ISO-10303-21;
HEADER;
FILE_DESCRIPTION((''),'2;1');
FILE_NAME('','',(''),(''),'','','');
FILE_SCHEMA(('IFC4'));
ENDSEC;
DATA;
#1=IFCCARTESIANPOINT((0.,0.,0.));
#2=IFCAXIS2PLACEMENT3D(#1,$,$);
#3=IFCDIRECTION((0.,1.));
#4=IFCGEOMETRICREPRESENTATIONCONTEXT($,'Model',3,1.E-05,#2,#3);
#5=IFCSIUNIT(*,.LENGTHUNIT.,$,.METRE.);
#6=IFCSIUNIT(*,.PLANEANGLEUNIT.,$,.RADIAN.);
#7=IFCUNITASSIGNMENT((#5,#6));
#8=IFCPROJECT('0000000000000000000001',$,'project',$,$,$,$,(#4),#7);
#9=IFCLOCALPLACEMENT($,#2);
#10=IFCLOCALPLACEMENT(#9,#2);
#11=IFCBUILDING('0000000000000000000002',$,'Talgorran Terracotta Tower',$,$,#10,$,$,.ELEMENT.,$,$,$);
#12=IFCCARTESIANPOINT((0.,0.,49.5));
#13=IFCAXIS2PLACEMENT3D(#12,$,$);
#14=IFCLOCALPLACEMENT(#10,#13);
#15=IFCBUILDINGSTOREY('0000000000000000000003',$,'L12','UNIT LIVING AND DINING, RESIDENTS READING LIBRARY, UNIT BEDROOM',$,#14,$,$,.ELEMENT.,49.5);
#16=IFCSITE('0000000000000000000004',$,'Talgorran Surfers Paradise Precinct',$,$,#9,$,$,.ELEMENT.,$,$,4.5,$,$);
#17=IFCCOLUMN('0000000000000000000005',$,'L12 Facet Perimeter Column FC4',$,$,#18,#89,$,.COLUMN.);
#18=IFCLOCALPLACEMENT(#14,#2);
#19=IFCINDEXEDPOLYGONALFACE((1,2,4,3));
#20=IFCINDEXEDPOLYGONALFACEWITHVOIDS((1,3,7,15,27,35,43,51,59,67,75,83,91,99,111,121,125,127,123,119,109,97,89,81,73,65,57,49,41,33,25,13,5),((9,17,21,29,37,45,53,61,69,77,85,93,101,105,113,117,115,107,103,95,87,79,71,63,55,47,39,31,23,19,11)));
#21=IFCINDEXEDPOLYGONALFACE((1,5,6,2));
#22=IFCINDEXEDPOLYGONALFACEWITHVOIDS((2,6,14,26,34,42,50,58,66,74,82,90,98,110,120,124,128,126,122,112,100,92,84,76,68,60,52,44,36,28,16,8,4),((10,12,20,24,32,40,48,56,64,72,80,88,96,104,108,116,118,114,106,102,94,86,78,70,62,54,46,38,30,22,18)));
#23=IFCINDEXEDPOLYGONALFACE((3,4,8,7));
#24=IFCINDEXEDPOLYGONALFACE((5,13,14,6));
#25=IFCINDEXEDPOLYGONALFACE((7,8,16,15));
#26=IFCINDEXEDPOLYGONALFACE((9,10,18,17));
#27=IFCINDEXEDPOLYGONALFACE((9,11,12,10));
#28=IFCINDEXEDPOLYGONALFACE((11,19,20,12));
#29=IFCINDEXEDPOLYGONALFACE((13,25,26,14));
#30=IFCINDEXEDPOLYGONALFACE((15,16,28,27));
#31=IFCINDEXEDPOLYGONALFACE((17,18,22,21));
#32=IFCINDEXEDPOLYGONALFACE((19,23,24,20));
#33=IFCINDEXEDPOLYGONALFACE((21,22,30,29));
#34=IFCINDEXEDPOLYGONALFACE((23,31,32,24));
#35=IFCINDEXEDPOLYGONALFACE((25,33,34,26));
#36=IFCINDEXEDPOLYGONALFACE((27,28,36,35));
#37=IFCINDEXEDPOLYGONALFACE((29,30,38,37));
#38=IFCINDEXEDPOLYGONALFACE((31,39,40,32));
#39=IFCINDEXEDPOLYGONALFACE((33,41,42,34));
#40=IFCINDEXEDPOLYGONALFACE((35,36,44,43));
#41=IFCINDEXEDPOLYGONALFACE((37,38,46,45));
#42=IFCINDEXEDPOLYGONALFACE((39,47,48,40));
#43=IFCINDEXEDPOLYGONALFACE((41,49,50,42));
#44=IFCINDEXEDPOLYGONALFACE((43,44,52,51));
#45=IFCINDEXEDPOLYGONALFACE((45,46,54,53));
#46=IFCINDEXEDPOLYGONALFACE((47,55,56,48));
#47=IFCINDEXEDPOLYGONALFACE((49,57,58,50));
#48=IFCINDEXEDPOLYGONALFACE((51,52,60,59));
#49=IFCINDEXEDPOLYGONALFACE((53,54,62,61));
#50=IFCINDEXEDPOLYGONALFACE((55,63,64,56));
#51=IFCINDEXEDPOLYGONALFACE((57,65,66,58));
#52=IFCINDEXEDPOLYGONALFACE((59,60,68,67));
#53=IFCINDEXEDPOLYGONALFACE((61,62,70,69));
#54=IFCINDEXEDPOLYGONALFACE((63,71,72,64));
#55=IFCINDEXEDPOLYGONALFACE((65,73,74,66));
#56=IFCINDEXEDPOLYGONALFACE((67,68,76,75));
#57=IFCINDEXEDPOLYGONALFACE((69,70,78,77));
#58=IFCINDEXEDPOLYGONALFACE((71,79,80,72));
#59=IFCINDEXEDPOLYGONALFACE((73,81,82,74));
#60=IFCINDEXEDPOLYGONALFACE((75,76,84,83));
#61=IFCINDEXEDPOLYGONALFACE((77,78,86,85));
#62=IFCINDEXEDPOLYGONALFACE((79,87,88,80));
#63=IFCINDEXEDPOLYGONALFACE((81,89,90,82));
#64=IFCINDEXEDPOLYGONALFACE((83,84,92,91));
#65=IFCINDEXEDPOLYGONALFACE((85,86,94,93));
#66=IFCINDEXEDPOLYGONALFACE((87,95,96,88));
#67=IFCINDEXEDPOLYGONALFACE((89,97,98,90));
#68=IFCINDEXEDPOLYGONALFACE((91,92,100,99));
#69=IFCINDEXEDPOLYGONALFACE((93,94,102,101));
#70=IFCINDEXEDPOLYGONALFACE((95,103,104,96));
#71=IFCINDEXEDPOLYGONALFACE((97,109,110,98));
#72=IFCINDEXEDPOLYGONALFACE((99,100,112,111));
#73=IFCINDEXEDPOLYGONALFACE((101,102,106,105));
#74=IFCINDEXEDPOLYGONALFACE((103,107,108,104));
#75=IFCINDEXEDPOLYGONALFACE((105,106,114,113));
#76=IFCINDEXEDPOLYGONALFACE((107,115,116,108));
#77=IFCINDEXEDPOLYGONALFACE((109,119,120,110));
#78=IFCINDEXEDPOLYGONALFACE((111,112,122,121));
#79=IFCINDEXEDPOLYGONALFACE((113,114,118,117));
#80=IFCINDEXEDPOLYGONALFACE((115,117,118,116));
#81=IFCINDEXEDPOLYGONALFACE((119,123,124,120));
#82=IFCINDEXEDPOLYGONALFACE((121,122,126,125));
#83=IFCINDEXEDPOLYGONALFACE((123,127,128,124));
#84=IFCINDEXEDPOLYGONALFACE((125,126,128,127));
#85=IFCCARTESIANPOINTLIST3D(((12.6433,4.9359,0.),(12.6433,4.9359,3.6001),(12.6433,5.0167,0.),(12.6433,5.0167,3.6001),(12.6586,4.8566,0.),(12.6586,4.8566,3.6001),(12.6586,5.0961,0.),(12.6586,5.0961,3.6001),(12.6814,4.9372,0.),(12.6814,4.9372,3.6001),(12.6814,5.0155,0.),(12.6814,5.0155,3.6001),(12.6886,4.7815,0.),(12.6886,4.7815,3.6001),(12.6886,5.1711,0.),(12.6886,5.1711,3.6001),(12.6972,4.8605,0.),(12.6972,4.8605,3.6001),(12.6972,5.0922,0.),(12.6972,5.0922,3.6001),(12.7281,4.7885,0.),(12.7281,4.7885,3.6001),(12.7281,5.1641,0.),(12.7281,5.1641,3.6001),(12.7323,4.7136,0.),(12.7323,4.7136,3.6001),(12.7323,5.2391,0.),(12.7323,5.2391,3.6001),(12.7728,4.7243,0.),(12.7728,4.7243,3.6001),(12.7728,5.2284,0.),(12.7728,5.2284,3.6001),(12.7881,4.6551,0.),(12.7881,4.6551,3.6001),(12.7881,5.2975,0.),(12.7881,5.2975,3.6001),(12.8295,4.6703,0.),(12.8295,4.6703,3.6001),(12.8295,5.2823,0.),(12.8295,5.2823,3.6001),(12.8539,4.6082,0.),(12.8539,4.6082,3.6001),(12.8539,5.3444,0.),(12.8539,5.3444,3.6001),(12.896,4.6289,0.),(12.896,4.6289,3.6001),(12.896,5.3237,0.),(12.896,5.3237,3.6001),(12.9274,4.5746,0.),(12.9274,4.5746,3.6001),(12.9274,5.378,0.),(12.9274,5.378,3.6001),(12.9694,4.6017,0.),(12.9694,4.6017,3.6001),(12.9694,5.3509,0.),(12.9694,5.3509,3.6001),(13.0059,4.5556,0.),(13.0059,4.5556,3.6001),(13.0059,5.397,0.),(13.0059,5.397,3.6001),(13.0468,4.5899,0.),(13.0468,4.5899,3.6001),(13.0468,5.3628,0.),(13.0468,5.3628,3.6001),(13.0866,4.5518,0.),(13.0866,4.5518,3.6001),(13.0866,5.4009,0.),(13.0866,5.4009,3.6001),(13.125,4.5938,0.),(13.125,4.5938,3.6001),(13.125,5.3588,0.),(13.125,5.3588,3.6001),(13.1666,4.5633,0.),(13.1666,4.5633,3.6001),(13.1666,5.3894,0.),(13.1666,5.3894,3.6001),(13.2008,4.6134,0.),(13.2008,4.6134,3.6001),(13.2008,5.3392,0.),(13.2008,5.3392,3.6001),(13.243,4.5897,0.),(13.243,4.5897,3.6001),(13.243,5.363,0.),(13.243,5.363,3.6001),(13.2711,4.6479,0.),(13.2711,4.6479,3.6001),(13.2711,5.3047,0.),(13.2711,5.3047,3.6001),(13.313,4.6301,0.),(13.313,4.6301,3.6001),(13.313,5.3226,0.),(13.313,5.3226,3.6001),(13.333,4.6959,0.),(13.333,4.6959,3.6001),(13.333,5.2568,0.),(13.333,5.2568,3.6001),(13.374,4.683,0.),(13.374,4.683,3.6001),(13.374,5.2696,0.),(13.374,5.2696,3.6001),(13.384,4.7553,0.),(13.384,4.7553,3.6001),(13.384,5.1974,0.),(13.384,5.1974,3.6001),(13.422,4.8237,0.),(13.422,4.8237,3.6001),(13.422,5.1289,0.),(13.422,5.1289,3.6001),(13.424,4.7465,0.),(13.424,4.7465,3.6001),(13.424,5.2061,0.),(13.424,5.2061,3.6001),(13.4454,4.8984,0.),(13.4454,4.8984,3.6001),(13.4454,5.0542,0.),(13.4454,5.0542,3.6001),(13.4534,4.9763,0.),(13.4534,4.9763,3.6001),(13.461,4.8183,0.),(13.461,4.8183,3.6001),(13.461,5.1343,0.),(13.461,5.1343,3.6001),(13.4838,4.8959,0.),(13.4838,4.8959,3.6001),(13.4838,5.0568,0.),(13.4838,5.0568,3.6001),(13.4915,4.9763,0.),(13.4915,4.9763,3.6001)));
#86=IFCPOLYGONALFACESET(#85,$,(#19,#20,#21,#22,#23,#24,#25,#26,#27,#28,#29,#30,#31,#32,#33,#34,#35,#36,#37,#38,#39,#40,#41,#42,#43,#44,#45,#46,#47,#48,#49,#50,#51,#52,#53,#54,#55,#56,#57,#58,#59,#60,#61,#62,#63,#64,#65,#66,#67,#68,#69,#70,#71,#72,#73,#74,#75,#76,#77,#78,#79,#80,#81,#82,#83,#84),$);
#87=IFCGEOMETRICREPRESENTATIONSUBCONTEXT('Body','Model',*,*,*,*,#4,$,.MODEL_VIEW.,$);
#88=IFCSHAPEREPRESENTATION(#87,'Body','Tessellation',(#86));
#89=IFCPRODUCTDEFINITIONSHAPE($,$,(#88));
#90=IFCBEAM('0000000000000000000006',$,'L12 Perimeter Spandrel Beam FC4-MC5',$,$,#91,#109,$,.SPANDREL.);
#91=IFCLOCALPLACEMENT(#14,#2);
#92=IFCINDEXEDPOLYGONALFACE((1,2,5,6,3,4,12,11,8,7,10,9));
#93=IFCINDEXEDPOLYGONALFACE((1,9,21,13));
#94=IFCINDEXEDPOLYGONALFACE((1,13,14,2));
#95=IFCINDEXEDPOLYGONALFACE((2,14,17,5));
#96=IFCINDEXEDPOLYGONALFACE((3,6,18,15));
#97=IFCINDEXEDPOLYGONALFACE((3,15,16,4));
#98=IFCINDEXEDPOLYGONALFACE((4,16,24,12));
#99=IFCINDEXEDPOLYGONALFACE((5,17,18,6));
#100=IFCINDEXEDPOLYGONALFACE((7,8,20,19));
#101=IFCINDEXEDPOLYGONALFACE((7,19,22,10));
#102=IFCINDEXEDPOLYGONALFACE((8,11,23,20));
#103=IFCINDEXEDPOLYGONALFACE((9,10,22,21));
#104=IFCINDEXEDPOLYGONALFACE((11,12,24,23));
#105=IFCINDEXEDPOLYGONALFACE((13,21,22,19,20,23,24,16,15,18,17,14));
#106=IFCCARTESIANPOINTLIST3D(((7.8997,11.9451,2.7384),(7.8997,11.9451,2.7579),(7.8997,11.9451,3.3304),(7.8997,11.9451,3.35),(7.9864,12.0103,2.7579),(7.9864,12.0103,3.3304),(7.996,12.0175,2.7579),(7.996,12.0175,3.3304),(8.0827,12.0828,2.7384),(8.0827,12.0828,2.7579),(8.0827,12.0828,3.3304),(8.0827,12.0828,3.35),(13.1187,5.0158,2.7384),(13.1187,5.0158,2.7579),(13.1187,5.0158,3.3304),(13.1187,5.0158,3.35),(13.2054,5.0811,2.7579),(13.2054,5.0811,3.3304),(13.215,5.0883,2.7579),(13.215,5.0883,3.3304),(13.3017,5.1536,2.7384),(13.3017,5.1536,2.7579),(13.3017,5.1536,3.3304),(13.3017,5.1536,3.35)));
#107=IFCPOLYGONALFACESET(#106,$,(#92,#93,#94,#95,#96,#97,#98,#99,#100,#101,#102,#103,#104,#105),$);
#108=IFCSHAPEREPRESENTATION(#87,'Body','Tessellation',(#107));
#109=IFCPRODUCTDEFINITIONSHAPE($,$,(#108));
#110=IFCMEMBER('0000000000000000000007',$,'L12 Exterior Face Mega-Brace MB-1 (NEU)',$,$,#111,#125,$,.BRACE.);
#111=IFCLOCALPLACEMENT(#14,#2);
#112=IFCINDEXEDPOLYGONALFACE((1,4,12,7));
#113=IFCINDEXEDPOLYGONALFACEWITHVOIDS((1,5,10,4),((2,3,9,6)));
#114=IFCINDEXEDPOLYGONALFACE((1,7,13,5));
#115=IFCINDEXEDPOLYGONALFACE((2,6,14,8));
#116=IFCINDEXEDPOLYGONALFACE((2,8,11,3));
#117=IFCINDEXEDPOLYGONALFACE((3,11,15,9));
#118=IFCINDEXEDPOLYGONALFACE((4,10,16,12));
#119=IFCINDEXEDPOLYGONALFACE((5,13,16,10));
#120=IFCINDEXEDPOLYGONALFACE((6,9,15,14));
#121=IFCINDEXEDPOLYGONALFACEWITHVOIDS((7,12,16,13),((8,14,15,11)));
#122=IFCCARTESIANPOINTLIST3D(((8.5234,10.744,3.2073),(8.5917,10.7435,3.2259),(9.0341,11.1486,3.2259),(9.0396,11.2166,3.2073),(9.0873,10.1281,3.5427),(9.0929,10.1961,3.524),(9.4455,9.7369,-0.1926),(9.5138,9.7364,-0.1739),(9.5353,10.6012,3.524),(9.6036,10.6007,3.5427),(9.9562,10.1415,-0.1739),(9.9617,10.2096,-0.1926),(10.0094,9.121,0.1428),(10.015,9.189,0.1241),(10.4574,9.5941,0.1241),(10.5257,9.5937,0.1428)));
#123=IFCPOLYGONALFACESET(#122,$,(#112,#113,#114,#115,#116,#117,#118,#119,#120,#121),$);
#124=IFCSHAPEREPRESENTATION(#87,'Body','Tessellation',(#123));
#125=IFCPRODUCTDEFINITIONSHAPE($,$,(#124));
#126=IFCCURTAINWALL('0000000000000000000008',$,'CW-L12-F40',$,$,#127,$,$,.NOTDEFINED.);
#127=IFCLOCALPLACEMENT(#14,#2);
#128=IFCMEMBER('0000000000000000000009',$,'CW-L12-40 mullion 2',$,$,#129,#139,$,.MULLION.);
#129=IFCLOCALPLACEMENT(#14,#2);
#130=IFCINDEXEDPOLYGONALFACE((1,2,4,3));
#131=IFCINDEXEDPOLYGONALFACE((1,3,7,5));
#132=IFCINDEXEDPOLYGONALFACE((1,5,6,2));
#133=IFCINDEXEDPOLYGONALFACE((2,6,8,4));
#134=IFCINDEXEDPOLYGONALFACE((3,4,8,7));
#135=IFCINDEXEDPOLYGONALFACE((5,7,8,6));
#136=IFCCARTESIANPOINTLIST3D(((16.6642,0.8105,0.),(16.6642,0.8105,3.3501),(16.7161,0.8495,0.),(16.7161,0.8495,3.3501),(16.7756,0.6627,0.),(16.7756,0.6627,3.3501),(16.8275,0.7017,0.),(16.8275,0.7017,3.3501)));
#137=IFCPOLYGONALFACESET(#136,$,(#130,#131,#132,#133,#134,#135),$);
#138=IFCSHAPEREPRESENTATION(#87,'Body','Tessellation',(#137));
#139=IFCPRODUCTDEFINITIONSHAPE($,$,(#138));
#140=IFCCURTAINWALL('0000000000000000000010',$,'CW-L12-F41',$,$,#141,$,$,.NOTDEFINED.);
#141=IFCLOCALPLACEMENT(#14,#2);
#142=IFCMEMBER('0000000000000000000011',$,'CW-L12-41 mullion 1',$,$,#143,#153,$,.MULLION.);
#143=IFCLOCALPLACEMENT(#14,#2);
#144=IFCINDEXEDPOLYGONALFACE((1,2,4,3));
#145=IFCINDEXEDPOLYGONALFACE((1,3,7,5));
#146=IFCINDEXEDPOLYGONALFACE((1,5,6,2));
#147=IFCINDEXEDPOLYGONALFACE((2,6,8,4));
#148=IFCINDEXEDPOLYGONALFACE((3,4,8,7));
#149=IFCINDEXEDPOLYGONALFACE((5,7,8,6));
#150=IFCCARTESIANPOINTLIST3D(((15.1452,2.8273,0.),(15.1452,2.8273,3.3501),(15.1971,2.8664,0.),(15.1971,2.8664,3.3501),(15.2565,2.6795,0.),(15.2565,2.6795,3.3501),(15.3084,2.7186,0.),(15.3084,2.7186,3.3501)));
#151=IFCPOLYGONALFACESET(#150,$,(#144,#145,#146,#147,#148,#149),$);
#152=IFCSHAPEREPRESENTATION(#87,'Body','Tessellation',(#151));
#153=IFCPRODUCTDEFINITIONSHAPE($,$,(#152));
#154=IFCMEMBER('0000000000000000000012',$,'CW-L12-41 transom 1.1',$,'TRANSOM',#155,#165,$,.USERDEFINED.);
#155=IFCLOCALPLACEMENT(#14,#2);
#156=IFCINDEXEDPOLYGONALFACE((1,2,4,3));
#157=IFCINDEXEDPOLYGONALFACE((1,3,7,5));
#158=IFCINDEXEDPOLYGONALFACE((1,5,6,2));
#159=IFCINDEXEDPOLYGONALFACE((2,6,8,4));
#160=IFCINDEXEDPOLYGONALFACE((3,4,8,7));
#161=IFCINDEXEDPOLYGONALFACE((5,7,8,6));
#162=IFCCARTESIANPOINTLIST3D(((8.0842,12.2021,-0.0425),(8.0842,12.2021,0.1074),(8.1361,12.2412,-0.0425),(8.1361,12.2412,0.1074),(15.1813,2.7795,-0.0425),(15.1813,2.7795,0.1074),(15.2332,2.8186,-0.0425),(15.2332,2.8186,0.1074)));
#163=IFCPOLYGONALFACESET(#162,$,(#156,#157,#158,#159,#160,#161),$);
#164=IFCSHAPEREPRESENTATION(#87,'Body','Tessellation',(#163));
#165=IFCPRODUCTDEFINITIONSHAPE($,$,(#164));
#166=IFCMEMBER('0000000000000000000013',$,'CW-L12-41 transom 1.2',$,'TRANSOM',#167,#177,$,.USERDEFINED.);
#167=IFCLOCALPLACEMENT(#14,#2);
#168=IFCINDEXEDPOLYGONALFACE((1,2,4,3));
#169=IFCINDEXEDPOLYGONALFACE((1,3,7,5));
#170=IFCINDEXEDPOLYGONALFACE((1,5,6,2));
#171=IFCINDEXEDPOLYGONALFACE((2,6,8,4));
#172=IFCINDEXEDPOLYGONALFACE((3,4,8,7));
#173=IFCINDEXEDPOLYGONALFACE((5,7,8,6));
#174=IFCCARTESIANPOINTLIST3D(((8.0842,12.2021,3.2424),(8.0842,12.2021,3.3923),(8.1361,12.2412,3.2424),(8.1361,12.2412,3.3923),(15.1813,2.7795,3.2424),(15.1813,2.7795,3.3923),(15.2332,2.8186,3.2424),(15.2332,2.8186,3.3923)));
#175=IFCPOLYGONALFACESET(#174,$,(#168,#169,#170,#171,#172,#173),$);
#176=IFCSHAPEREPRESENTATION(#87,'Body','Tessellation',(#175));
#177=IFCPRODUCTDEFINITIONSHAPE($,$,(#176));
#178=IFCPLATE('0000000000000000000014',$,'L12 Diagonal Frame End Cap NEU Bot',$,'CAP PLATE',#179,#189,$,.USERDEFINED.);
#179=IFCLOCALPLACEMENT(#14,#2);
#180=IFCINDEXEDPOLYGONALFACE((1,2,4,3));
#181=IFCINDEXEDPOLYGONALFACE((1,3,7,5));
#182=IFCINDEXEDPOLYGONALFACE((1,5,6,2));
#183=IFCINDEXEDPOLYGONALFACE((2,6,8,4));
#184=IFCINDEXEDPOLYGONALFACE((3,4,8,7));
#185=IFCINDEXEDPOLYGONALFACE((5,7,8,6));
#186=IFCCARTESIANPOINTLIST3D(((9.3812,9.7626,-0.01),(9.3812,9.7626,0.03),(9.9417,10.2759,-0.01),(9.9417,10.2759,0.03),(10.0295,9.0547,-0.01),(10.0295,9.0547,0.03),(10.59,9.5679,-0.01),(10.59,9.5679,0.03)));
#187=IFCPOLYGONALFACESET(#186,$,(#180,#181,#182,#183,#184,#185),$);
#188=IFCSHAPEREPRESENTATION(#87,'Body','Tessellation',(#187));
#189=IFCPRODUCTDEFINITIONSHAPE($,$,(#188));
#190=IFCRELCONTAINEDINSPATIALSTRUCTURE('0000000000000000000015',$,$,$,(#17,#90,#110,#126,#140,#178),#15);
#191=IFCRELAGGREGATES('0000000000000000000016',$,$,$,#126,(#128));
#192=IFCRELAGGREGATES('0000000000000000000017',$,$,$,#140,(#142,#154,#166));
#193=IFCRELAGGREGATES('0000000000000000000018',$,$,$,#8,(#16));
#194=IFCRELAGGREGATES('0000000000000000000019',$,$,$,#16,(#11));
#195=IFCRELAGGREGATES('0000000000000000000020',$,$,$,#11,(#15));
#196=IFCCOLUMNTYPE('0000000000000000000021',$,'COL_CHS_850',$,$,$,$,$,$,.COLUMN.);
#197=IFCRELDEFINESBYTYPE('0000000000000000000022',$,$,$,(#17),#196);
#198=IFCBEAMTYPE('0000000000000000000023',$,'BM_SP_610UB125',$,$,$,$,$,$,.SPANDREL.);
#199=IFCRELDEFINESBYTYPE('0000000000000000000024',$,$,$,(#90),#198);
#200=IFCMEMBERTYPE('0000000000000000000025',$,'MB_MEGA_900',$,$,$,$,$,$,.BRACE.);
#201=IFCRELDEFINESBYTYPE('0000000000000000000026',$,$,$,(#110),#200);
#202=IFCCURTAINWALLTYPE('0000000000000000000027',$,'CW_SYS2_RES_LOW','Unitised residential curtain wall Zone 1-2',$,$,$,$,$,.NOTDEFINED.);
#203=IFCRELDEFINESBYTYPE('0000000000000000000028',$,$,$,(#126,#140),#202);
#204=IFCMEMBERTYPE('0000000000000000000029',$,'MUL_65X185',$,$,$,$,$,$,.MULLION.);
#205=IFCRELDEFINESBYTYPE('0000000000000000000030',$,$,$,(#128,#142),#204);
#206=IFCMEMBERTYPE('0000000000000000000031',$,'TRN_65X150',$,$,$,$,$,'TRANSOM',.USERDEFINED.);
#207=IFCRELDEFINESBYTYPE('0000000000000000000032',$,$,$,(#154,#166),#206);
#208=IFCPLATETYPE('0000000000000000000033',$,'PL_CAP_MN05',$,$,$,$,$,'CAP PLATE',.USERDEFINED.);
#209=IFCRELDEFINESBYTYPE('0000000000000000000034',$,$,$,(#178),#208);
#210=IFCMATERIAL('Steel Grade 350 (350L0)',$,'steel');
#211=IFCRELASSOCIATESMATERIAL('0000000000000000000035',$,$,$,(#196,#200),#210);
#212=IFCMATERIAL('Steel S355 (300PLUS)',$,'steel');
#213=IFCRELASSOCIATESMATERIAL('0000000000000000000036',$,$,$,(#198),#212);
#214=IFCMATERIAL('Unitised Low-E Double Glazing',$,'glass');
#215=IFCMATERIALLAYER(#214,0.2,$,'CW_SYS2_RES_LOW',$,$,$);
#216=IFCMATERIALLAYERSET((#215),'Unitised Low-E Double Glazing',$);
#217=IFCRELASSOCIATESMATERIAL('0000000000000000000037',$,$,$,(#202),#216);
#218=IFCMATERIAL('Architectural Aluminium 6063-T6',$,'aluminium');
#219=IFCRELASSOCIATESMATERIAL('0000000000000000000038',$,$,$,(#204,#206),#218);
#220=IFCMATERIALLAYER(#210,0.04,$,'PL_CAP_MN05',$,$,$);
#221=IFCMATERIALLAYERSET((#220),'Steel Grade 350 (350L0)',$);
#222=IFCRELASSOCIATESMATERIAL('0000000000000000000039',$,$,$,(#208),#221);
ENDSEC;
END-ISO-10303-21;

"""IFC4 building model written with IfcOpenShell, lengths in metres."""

from ifc_helpers import new_model, si_unit, direction, frame, origin, origin_2d, place, context, subcontext, project, spatial, rectangle, hollow_rectangle, hollow_circle, i_section, extrude, material, layer, layer_set, material_profile, profile_set, type_object, element, aggregate, save


model = new_model("IFC4")

# Units and contexts
model_context = context("Model", 3, precision=1e-05, world=origin(), true_north=direction((0.0, 1.0)))
body_context = subcontext(model_context, "Body", "Model", "MODEL_VIEW")
ifc_project = project(units=[si_unit("LENGTHUNIT", "METRE"), si_unit("PLANEANGLEUNIT", "RADIAN")], contexts=[model_context])

# Site, building, storey
site_placement = place(None, origin())
site = spatial("IfcSite", under=ifc_project, at=site_placement, Name="Talgorran Surfers Paradise Precinct", CompositionType="ELEMENT", RefElevation=4.5)
building_placement = place(site_placement, origin())
building = spatial("IfcBuilding", under=site, at=building_placement, Name="Talgorran Terracotta Tower", CompositionType="ELEMENT")
storey_placement = place(building_placement, frame((0.0, 0.0, 49.5)))
storey = spatial("IfcBuildingStorey", under=building, at=storey_placement, Name="L12", Description="UNIT LIVING AND DINING, RESIDENTS READING LIBRARY, UNIT BEDROOM", CompositionType="ELEMENT", Elevation=49.5)

# Column
ifc_material_1 = material(Name="Steel Grade 350 (350L0)", Category="steel")
ifc_material_profile_1 = material_profile(ifc_material_1, hollow_circle(Radius=0.425, WallThickness=0.0381, at=origin_2d()), Name="CHS850X38")
ifc_profile_set_1 = profile_set([ifc_material_profile_1], Name="Steel Grade 350 (350L0)")
column_type = type_object("IfcColumnType", Name="COL_CHS_850", PredefinedType="COLUMN", material=ifc_profile_set_1)
column_placement = place(storey_placement, frame((13.0664, 4.9763, 0.0), z_axis=(0.0, 0.0, 1.0), x_axis=(1.0, 0.0, 0.0)))
element("IfcColumn", 1, at=column_placement, inside=storey, type_object=column_type, Name="L12 Facet Perimeter Column FC4", PredefinedType="COLUMN", context=body_context, shape_type="SweptSolid", body=[
    extrude(hollow_circle(Radius=0.425, WallThickness=0.0381, at=origin_2d()), origin(), (0.0, 0.0, 1.0), 3.6001),
])

# Beam
ifc_material_2 = material(Name="Steel S355 (300PLUS)", Category="steel")
ifc_material_profile_2 = material_profile(ifc_material_2, i_section(OverallWidth=0.229, OverallDepth=0.6116, WebThickness=0.012, FlangeThickness=0.0195, at=origin_2d()), Name="610UB125")
ifc_profile_set_2 = profile_set([ifc_material_profile_2], Name="Steel S355 (300PLUS)")
beam_type = type_object("IfcBeamType", Name="BM_SP_610UB125", PredefinedType="SPANDREL", material=ifc_profile_set_2)
beam_placement = place(storey_placement, frame((13.2102, 5.0847, 3.0442), z_axis=(-0.601629, 0.798776, 0.0), x_axis=(-0.798776, -0.601629, 0.0)))
element("IfcBeam", 2, at=beam_placement, inside=storey, type_object=beam_type, Name="L12 Perimeter Spandrel Beam FC4-MC5", PredefinedType="SPANDREL", context=body_context, shape_type="SweptSolid", body=[
    extrude(i_section(OverallWidth=0.229, OverallDepth=0.6116, WebThickness=0.012, FlangeThickness=0.0195, at=origin_2d()), origin(), (0.0, 0.0, 1.0), 8.6748),
])

# Member
ifc_material_profile_3 = material_profile(ifc_material_1, hollow_rectangle(XDim=0.7, YDim=0.8999, WallThickness=0.05, at=origin_2d()), Name="WBOX900X700X50")
ifc_profile_set_3 = profile_set([ifc_material_profile_3], Name="Steel Grade 350 (350L0)")
member_type_1 = type_object("IfcMemberType", Name="MB_MEGA_900", PredefinedType="BRACE", material=ifc_profile_set_3)
member_1_placement = place(storey_placement, frame((9.9856, 9.6653, -0.0249), z_axis=(-0.25168, 0.274869, 0.927957), x_axis=(-0.737533, -0.675312, 0.0)))
element("IfcMember", 3, at=member_1_placement, inside=storey, type_object=member_type_1, Name="L12 Exterior Face Mega-Brace MB-1 (NEU)", PredefinedType="BRACE", context=body_context, shape_type="SweptSolid", body=[
    extrude(hollow_rectangle(XDim=0.7, YDim=0.8999, WallThickness=0.05, at=origin_2d()), origin(), (0.0, 0.0, 1.0), 3.6638),
])

# Curtain wall, member
ifc_material_3 = material(Name="Unitised Low-E Double Glazing", Category="glass")
ifc_layer_1 = layer(ifc_material_3, 0.2, Name="CW_SYS2_RES_LOW")
ifc_layer_set_1 = layer_set([ifc_layer_1], Name="Unitised Low-E Double Glazing")
curtain_wall_type = type_object("IfcCurtainWallType", Name="CW_SYS2_RES_LOW", Description="Unitised residential curtain wall Zone 1-2", PredefinedType="NOTDEFINED", material=ifc_layer_set_1)
curtain_wall_1_placement = place(storey_placement, origin())
curtain_wall_1 = element("IfcCurtainWall", 4, at=curtain_wall_1_placement, inside=storey, type_object=curtain_wall_type, Name="CW-L12-F40", PredefinedType="NOTDEFINED")
ifc_material_4 = material(Name="Architectural Aluminium 6063-T6", Category="aluminium")
ifc_material_profile_4 = material_profile(ifc_material_4, rectangle(XDim=0.0649, YDim=0.1851, at=origin_2d()), Name="CWM65X185")
ifc_profile_set_4 = profile_set([ifc_material_profile_4], Name="Architectural Aluminium 6063-T6")
member_type_2 = type_object("IfcMemberType", Name="MUL_65X185", PredefinedType="MULLION", material=ifc_profile_set_4)
member_2_placement = place(storey_placement, frame((16.7458, 0.7561, 0.0), z_axis=(0.0, 0.0, 1.0), x_axis=(-0.798777, -0.601627, 0.0)))
member_2 = element("IfcMember", 5, at=member_2_placement, type_object=member_type_2, Name="CW-L12-40 mullion 2", PredefinedType="MULLION", context=body_context, shape_type="SweptSolid", body=[
    extrude(rectangle(XDim=0.0649, YDim=0.1851, at=origin_2d()), origin(), (0.0, 0.0, 1.0), 3.3501),
])
aggregate(curtain_wall_1, [member_2])

# Curtain wall, members
curtain_wall_2_placement = place(storey_placement, origin())
curtain_wall_2 = element("IfcCurtainWall", 6, at=curtain_wall_2_placement, inside=storey, type_object=curtain_wall_type, Name="CW-L12-F41", PredefinedType="NOTDEFINED")
member_3_placement = place(storey_placement, frame((15.2268, 2.7729, 0.0), z_axis=(0.0, 0.0, 1.0), x_axis=(-0.798777, -0.601627, 0.0)))
member_3 = element("IfcMember", 7, at=member_3_placement, type_object=member_type_2, Name="CW-L12-41 mullion 1", PredefinedType="MULLION", context=body_context, shape_type="SweptSolid", body=[
    extrude(rectangle(XDim=0.0649, YDim=0.1851, at=origin_2d()), origin(), (0.0, 0.0, 1.0), 3.3501),
])
ifc_material_profile_5 = material_profile(ifc_material_4, rectangle(XDim=0.0649, YDim=0.1499, at=origin_2d()), Name="CWT65X150")
ifc_profile_set_5 = profile_set([ifc_material_profile_5], Name="Architectural Aluminium 6063-T6")
member_type_3 = type_object("IfcMemberType", Name="TRN_65X150", ElementType="TRANSOM", PredefinedType="USERDEFINED", material=ifc_profile_set_5)
member_4_placement = place(storey_placement, frame((15.2073, 2.7991, 0.0325), z_axis=(-0.601638, 0.798769, 0.0), x_axis=(-0.798769, -0.601638, 0.0)))
member_4 = element("IfcMember", 8, at=member_4_placement, type_object=member_type_3, Name="CW-L12-41 transom 1.1", ObjectType="TRANSOM", PredefinedType="USERDEFINED", context=body_context, shape_type="SweptSolid", body=[
    extrude(rectangle(XDim=0.0649, YDim=0.1499, at=origin_2d()), origin(), (0.0, 0.0, 1.0), 11.7964),
])
member_5_placement = place(storey_placement, frame((15.2073, 2.7991, 3.3174), z_axis=(-0.601638, 0.798769, 0.0), x_axis=(-0.798769, -0.601638, 0.0)))
member_5 = element("IfcMember", 9, at=member_5_placement, type_object=member_type_3, Name="CW-L12-41 transom 1.2", ObjectType="TRANSOM", PredefinedType="USERDEFINED", context=body_context, shape_type="SweptSolid", body=[
    extrude(rectangle(XDim=0.0649, YDim=0.1499, at=origin_2d()), origin(), (0.0, 0.0, 1.0), 11.7964),
])

# Plate
ifc_layer_2 = layer(ifc_material_1, 0.04, Name="PL_CAP_MN05")
ifc_layer_set_2 = layer_set([ifc_layer_2], Name="Steel Grade 350 (350L0)")
plate_type_1 = type_object("IfcPlateType", Name="PL_CAP_MN05", ElementType="CAP PLATE", PredefinedType="USERDEFINED", material=ifc_layer_set_2)
for number, where, z_axis, x_axis, name in (
    (10, (9.9856, 9.6653, -0.01), (0.0, 0.0, 1.0), (-0.675333, 0.737513, 0.0), "L12 Diagonal Frame End Cap NEU Bot"),
):
    element("IfcPlate", number, at=place(storey_placement, frame(where, z_axis=z_axis, x_axis=x_axis)), inside=storey, type_object=plate_type_1, Name=name, ObjectType="CAP PLATE", PredefinedType="USERDEFINED", context=body_context, shape_type="SweptSolid", body=[
        extrude(rectangle(XDim=0.96, YDim=0.76, at=origin_2d()), origin(), (0.0, 0.0, 1.0), 0.04),
    ])

aggregate(curtain_wall_2, [member_3, member_4, member_5])

save(model, "model.ifc")
